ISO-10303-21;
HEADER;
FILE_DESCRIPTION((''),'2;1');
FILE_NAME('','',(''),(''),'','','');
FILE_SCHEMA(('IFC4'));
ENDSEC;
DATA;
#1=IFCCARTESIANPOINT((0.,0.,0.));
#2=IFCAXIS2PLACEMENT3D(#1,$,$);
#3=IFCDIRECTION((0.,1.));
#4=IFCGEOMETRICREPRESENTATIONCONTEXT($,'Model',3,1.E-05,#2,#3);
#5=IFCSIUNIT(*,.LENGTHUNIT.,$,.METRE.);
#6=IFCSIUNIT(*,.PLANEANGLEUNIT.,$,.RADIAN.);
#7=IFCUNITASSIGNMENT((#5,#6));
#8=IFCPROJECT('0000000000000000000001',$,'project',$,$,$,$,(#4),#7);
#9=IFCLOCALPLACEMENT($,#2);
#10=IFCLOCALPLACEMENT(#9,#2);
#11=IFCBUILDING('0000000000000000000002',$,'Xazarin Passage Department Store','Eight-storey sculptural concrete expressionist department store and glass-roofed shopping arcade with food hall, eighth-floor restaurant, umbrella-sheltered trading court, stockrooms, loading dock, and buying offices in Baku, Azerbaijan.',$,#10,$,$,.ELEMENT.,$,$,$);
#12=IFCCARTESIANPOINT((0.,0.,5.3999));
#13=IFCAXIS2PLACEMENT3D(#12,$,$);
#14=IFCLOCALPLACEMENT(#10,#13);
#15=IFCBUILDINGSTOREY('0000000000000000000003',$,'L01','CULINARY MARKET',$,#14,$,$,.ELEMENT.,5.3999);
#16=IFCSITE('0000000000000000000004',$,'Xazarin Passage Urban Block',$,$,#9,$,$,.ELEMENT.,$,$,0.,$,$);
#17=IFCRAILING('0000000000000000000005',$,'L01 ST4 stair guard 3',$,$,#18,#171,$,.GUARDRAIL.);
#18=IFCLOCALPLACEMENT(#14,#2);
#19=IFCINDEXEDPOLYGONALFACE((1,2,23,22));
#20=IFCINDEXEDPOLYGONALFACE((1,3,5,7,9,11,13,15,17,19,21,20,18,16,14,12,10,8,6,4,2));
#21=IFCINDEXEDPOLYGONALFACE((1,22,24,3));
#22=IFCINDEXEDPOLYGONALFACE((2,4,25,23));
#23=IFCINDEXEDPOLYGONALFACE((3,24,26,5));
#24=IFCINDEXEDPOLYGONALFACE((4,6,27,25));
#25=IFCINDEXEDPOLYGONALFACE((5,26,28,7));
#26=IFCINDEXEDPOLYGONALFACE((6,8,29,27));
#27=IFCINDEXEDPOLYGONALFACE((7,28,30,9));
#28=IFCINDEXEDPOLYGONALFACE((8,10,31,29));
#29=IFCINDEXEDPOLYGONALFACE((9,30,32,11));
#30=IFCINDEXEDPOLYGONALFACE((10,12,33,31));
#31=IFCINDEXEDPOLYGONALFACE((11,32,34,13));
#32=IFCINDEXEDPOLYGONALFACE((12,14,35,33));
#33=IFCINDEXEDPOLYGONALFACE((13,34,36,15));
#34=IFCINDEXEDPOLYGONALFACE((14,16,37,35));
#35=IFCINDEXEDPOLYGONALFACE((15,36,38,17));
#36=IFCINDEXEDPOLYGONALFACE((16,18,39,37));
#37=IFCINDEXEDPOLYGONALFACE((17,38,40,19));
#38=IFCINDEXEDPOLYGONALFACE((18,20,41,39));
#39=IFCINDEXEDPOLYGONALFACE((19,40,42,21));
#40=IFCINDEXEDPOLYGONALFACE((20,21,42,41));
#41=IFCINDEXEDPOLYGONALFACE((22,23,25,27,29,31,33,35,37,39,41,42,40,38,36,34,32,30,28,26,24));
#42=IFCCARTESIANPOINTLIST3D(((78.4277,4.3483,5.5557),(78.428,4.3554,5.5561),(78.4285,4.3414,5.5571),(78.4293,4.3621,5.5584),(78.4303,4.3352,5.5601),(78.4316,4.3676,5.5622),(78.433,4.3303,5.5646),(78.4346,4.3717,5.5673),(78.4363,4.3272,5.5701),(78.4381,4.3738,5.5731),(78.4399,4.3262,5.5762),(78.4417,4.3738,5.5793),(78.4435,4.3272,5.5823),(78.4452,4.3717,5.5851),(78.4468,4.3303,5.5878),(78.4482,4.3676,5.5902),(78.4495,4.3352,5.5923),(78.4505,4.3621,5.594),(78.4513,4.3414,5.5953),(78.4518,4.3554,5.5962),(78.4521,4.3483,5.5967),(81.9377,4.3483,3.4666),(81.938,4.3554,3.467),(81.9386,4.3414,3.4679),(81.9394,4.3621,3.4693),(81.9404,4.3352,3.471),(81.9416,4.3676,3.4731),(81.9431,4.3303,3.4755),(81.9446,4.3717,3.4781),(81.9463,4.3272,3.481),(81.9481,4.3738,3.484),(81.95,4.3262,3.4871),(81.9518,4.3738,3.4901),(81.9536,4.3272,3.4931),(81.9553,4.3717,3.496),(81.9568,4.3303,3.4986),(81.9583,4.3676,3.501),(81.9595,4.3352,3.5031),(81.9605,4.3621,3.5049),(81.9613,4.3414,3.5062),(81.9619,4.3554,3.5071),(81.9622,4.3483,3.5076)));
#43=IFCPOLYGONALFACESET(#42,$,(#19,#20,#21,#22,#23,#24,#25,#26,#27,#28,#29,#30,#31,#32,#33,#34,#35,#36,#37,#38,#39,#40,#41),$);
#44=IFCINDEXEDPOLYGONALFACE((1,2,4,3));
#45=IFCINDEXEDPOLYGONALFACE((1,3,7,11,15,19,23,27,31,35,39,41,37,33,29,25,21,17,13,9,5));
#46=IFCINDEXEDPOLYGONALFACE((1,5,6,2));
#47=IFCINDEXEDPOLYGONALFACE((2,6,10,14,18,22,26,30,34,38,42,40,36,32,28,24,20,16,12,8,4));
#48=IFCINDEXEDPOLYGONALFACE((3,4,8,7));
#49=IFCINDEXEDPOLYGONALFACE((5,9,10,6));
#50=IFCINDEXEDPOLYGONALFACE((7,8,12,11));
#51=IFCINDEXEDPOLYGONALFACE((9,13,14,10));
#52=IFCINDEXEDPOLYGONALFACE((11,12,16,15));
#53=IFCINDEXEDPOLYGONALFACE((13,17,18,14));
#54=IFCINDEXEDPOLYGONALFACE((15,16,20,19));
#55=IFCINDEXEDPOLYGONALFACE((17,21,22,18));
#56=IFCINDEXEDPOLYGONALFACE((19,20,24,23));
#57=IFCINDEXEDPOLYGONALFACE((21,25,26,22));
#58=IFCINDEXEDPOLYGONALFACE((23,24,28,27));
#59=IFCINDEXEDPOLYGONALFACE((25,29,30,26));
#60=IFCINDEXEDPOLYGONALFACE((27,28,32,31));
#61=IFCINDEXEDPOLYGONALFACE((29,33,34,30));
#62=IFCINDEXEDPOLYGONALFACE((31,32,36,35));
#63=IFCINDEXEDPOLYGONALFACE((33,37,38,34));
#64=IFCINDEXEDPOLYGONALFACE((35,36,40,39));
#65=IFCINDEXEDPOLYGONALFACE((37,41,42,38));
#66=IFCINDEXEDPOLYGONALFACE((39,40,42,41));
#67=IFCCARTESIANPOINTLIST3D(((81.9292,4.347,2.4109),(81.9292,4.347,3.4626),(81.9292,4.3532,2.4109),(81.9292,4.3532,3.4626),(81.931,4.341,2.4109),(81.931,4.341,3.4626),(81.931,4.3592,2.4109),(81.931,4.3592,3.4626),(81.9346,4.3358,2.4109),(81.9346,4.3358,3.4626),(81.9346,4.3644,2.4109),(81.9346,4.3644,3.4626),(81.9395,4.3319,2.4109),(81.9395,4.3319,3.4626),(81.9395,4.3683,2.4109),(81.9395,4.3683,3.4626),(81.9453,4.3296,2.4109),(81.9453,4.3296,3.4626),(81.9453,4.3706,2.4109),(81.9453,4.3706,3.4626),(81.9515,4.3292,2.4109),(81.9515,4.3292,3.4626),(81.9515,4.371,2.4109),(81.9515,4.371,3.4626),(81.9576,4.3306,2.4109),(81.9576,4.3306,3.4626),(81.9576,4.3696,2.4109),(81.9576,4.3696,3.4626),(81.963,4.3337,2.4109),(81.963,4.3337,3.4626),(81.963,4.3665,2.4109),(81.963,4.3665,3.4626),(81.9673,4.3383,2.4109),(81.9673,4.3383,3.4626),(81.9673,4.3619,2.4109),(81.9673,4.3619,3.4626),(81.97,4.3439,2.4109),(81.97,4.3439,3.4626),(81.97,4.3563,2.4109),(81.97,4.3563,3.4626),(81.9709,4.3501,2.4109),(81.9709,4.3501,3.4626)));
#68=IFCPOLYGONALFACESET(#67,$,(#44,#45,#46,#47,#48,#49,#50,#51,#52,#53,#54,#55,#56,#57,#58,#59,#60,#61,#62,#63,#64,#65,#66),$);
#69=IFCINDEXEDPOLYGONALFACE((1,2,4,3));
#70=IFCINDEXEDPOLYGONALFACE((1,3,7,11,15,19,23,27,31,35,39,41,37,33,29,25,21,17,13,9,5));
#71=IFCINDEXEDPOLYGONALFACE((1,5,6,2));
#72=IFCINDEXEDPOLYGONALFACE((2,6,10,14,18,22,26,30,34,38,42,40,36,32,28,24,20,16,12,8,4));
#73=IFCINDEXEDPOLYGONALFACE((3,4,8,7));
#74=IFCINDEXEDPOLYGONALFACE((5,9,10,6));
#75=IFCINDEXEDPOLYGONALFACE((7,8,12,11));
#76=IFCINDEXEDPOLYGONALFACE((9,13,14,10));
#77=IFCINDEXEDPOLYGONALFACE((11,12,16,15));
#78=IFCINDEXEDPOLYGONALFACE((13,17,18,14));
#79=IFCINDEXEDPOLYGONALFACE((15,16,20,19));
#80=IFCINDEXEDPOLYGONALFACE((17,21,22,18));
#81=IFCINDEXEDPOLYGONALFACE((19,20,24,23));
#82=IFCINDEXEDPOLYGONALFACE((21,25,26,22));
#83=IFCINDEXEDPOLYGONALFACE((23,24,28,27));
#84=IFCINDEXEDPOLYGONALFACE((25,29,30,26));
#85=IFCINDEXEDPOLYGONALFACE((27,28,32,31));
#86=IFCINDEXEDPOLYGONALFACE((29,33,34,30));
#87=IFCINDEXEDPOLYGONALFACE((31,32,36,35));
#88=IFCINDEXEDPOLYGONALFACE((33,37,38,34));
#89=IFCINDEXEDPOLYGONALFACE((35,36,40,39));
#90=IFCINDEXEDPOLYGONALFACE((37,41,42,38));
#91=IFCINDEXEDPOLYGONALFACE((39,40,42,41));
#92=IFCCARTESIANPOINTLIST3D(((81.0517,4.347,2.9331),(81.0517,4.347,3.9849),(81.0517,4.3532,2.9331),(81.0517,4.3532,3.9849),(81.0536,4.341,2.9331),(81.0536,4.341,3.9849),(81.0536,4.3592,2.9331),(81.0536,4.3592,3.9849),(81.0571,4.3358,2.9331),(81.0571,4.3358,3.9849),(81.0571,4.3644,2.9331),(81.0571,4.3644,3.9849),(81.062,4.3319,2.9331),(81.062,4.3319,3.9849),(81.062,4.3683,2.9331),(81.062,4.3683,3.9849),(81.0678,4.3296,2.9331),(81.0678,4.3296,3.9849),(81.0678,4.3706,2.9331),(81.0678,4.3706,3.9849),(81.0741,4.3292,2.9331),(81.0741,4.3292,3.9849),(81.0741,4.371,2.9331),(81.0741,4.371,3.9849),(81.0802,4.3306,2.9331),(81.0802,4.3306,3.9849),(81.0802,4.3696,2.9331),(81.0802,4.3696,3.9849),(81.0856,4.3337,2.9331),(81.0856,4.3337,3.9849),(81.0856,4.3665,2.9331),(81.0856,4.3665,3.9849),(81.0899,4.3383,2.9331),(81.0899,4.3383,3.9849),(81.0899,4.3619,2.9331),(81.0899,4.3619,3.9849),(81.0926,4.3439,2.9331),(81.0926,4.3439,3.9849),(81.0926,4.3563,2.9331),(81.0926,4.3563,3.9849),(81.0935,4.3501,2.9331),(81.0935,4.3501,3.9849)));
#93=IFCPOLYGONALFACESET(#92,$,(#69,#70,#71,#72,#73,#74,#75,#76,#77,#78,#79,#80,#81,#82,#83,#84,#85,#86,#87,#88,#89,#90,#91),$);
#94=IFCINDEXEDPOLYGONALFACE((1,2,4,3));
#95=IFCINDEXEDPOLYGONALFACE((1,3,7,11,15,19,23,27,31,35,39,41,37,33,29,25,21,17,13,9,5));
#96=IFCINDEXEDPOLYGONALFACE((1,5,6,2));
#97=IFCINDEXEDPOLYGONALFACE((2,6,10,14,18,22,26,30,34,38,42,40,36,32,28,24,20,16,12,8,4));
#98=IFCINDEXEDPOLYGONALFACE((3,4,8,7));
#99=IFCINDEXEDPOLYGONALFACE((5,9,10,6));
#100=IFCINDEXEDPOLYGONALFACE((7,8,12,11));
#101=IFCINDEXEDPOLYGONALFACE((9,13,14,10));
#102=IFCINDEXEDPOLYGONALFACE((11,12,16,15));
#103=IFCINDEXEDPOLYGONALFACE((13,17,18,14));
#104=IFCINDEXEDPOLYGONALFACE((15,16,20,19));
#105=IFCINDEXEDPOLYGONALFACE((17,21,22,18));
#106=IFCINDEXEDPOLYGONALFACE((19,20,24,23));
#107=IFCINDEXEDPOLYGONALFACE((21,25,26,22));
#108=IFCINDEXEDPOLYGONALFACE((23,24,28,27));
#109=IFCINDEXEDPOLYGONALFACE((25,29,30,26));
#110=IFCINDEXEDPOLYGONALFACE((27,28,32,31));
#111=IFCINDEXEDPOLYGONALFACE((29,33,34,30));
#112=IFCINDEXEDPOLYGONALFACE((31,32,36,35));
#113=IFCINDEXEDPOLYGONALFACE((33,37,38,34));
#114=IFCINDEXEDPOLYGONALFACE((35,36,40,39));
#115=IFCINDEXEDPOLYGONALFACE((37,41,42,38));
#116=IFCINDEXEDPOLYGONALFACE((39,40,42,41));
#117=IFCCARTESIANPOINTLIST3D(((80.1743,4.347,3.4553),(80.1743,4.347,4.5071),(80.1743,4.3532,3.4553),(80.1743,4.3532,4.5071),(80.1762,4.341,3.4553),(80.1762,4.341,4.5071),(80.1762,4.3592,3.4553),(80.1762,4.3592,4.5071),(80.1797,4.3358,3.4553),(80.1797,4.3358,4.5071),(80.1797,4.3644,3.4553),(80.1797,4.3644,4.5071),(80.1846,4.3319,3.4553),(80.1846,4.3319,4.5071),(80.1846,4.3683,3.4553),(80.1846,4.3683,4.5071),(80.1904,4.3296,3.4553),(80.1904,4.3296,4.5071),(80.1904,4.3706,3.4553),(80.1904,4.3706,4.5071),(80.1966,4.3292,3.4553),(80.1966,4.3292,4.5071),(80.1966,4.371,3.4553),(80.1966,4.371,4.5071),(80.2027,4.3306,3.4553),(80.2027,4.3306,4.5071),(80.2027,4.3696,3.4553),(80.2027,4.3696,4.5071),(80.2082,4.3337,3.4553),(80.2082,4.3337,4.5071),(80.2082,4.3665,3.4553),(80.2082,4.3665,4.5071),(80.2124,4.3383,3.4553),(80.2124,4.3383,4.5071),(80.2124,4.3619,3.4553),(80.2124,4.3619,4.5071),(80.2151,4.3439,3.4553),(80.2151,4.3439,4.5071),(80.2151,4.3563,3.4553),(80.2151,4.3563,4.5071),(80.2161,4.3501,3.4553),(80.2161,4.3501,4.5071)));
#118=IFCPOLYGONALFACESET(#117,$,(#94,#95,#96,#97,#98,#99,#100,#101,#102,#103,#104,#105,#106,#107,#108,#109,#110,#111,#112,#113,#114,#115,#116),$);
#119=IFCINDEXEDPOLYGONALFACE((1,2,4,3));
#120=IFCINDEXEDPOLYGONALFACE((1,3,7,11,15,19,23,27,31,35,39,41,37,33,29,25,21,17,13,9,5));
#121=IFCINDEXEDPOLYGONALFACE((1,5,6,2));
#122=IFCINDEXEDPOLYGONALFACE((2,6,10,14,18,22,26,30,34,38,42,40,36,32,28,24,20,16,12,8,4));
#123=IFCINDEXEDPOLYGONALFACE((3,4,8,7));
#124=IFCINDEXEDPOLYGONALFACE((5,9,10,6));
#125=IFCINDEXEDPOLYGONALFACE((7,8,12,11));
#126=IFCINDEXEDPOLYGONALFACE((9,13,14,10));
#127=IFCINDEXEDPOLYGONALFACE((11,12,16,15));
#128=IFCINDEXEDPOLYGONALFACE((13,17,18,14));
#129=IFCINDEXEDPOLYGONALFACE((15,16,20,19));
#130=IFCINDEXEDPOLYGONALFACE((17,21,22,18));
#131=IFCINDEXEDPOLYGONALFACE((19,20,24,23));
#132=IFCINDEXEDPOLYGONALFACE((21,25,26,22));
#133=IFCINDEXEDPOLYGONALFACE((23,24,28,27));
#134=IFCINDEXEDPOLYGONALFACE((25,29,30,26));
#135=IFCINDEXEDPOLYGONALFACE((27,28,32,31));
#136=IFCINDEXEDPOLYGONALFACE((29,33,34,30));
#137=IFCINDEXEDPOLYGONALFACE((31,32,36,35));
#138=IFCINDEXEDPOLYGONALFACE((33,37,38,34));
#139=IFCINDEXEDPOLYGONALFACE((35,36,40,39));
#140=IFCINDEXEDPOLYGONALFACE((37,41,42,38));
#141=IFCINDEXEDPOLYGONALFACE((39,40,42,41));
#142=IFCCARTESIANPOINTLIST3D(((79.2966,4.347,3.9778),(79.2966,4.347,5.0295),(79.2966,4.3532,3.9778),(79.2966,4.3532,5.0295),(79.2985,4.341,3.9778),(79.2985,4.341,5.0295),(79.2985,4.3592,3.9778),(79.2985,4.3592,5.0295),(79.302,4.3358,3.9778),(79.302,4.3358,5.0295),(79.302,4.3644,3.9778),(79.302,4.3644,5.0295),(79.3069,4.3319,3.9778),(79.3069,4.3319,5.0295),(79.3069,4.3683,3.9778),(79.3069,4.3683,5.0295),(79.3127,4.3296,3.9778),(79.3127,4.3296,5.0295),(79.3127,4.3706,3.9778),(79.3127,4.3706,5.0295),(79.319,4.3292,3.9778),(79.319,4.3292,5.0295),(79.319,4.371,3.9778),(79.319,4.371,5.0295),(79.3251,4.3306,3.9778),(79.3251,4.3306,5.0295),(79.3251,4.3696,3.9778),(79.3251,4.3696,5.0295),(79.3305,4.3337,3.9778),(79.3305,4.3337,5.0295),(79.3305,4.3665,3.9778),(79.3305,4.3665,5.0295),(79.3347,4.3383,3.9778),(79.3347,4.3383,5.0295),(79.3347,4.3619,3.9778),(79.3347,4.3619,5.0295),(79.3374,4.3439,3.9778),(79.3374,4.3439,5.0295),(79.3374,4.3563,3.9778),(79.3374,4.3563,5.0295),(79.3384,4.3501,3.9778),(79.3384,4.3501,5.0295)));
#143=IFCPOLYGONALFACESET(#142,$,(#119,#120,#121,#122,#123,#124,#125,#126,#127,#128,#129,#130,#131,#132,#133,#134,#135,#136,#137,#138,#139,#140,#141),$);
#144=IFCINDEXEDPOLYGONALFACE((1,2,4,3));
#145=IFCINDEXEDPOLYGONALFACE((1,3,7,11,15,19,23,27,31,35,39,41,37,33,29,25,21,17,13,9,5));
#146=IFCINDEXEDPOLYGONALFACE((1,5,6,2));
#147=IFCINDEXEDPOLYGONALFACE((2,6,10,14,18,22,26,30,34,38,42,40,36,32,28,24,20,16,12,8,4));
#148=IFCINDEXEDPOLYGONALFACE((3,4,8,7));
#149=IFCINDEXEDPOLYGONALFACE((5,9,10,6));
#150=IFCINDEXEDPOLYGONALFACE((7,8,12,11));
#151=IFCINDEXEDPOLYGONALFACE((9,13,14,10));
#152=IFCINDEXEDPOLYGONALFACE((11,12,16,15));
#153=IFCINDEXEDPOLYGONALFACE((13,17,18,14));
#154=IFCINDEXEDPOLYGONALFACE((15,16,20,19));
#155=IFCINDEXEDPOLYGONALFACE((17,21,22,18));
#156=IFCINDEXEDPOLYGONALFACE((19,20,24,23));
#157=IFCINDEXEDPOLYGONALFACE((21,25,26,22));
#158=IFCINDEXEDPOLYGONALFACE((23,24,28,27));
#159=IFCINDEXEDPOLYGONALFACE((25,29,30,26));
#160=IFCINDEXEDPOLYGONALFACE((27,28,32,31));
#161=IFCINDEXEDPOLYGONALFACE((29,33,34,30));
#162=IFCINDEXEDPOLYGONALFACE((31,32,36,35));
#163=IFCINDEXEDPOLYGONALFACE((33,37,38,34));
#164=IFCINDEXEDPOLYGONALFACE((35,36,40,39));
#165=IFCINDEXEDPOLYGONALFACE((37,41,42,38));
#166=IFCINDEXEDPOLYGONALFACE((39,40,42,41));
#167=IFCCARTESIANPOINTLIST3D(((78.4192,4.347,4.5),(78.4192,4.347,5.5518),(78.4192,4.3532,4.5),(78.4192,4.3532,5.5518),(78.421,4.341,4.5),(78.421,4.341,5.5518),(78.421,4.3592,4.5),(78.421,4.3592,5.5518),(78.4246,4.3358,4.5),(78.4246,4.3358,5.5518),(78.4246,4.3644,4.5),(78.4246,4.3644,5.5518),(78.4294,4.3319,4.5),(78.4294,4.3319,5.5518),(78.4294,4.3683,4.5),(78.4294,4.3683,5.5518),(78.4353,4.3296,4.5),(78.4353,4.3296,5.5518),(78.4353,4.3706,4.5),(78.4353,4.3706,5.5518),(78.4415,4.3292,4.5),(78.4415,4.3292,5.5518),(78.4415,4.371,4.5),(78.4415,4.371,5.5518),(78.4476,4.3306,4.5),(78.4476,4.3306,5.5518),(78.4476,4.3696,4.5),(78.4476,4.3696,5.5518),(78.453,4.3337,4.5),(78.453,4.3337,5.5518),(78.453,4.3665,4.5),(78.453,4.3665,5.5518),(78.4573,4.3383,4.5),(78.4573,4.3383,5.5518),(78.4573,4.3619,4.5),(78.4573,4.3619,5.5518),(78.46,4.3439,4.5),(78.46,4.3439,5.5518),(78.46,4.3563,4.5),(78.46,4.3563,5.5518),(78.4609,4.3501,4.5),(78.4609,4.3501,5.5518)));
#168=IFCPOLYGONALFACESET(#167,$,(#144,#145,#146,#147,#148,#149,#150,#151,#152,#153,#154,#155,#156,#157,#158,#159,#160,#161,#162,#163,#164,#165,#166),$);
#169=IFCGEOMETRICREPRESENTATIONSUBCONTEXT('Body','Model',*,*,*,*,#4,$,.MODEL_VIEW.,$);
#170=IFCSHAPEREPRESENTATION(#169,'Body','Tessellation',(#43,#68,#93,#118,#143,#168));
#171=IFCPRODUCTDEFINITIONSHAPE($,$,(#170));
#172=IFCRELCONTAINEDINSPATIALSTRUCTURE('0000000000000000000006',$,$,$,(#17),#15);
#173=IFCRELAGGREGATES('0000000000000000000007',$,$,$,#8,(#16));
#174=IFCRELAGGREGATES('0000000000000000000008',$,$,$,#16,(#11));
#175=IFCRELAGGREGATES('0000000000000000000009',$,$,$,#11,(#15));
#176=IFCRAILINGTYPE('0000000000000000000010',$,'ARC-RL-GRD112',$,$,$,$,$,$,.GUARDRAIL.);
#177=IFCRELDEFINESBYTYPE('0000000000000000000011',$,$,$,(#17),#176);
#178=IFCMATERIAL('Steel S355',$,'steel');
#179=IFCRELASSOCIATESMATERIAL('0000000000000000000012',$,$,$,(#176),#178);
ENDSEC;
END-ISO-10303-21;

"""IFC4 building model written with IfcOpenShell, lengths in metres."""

from ifc_helpers import new_model, si_unit, direction, frame, origin, origin_2d, place, context, subcontext, project, spatial, circle, extrude, material, type_object, element, save


model = new_model("IFC4")

# Units and contexts
model_context = context("Model", 3, precision=1e-05, world=origin(), true_north=direction((0.0, 1.0)))
body_context = subcontext(model_context, "Body", "Model", "MODEL_VIEW")
ifc_project = project(units=[si_unit("LENGTHUNIT", "METRE"), si_unit("PLANEANGLEUNIT", "RADIAN")], contexts=[model_context])

# Site, building, storey
site_placement = place(None, origin())
site = spatial("IfcSite", under=ifc_project, at=site_placement, Name="Xazarin Passage Urban Block", CompositionType="ELEMENT", RefElevation=0.0)
building_placement = place(site_placement, origin())
building = spatial("IfcBuilding", under=site, at=building_placement, Name="Xazarin Passage Department Store", Description="Eight-storey sculptural concrete expressionist department store and glass-roofed shopping arcade with food hall, eighth-floor restaurant, umbrella-sheltered trading court, stockrooms, loading dock, and buying offices in Baku, Azerbaijan.", CompositionType="ELEMENT")
storey_placement = place(building_placement, frame((0.0, 0.0, 5.3999)))
storey = spatial("IfcBuildingStorey", under=building, at=storey_placement, Name="L01", Description="CULINARY MARKET", CompositionType="ELEMENT", Elevation=5.3999)

# Railing
ifc_material_1 = material(Name="Steel S355", Category="steel")
railing_type_1 = type_object("IfcRailingType", Name="ARC-RL-GRD112", PredefinedType="GUARDRAIL", material=ifc_material_1)
railing_1_placement = place(storey_placement, frame((81.95, 4.3501, 2.4109)))
element("IfcRailing", 1, at=railing_1_placement, inside=storey, type_object=railing_type_1, Name="L01 ST4 stair guard 3", PredefinedType="GUARDRAIL", context=body_context, shape_type="SweptSolid", body=[
    extrude(circle(Radius=0.0239, at=origin_2d()), frame((0.0, 0.0, 1.0762), z_axis=(-0.859312, 0.0, 0.511451), x_axis=(0.0, -1.0, 0.0)), (0.0, 0.0, 1.0), 4.0847),
    extrude(circle(Radius=0.021, at=origin_2d()), origin(), (0.0, 0.0, 1.0), 1.0518),
    extrude(circle(Radius=0.021, at=origin_2d()), frame((-0.8774, 0.0, 0.5222)), (0.0, 0.0, 1.0), 1.0518),
    extrude(circle(Radius=0.021, at=origin_2d()), frame((-1.7549, 0.0, 1.0444)), (0.0, 0.0, 1.0), 1.0518),
    extrude(circle(Radius=0.021, at=origin_2d()), frame((-2.6326, 0.0, 1.5669)), (0.0, 0.0, 1.0), 1.0518),
    extrude(circle(Radius=0.021, at=origin_2d()), frame((-3.51, 0.0, 2.0891)), (0.0, 0.0, 1.0), 1.0518),
])

save(model, "model.ifc")
